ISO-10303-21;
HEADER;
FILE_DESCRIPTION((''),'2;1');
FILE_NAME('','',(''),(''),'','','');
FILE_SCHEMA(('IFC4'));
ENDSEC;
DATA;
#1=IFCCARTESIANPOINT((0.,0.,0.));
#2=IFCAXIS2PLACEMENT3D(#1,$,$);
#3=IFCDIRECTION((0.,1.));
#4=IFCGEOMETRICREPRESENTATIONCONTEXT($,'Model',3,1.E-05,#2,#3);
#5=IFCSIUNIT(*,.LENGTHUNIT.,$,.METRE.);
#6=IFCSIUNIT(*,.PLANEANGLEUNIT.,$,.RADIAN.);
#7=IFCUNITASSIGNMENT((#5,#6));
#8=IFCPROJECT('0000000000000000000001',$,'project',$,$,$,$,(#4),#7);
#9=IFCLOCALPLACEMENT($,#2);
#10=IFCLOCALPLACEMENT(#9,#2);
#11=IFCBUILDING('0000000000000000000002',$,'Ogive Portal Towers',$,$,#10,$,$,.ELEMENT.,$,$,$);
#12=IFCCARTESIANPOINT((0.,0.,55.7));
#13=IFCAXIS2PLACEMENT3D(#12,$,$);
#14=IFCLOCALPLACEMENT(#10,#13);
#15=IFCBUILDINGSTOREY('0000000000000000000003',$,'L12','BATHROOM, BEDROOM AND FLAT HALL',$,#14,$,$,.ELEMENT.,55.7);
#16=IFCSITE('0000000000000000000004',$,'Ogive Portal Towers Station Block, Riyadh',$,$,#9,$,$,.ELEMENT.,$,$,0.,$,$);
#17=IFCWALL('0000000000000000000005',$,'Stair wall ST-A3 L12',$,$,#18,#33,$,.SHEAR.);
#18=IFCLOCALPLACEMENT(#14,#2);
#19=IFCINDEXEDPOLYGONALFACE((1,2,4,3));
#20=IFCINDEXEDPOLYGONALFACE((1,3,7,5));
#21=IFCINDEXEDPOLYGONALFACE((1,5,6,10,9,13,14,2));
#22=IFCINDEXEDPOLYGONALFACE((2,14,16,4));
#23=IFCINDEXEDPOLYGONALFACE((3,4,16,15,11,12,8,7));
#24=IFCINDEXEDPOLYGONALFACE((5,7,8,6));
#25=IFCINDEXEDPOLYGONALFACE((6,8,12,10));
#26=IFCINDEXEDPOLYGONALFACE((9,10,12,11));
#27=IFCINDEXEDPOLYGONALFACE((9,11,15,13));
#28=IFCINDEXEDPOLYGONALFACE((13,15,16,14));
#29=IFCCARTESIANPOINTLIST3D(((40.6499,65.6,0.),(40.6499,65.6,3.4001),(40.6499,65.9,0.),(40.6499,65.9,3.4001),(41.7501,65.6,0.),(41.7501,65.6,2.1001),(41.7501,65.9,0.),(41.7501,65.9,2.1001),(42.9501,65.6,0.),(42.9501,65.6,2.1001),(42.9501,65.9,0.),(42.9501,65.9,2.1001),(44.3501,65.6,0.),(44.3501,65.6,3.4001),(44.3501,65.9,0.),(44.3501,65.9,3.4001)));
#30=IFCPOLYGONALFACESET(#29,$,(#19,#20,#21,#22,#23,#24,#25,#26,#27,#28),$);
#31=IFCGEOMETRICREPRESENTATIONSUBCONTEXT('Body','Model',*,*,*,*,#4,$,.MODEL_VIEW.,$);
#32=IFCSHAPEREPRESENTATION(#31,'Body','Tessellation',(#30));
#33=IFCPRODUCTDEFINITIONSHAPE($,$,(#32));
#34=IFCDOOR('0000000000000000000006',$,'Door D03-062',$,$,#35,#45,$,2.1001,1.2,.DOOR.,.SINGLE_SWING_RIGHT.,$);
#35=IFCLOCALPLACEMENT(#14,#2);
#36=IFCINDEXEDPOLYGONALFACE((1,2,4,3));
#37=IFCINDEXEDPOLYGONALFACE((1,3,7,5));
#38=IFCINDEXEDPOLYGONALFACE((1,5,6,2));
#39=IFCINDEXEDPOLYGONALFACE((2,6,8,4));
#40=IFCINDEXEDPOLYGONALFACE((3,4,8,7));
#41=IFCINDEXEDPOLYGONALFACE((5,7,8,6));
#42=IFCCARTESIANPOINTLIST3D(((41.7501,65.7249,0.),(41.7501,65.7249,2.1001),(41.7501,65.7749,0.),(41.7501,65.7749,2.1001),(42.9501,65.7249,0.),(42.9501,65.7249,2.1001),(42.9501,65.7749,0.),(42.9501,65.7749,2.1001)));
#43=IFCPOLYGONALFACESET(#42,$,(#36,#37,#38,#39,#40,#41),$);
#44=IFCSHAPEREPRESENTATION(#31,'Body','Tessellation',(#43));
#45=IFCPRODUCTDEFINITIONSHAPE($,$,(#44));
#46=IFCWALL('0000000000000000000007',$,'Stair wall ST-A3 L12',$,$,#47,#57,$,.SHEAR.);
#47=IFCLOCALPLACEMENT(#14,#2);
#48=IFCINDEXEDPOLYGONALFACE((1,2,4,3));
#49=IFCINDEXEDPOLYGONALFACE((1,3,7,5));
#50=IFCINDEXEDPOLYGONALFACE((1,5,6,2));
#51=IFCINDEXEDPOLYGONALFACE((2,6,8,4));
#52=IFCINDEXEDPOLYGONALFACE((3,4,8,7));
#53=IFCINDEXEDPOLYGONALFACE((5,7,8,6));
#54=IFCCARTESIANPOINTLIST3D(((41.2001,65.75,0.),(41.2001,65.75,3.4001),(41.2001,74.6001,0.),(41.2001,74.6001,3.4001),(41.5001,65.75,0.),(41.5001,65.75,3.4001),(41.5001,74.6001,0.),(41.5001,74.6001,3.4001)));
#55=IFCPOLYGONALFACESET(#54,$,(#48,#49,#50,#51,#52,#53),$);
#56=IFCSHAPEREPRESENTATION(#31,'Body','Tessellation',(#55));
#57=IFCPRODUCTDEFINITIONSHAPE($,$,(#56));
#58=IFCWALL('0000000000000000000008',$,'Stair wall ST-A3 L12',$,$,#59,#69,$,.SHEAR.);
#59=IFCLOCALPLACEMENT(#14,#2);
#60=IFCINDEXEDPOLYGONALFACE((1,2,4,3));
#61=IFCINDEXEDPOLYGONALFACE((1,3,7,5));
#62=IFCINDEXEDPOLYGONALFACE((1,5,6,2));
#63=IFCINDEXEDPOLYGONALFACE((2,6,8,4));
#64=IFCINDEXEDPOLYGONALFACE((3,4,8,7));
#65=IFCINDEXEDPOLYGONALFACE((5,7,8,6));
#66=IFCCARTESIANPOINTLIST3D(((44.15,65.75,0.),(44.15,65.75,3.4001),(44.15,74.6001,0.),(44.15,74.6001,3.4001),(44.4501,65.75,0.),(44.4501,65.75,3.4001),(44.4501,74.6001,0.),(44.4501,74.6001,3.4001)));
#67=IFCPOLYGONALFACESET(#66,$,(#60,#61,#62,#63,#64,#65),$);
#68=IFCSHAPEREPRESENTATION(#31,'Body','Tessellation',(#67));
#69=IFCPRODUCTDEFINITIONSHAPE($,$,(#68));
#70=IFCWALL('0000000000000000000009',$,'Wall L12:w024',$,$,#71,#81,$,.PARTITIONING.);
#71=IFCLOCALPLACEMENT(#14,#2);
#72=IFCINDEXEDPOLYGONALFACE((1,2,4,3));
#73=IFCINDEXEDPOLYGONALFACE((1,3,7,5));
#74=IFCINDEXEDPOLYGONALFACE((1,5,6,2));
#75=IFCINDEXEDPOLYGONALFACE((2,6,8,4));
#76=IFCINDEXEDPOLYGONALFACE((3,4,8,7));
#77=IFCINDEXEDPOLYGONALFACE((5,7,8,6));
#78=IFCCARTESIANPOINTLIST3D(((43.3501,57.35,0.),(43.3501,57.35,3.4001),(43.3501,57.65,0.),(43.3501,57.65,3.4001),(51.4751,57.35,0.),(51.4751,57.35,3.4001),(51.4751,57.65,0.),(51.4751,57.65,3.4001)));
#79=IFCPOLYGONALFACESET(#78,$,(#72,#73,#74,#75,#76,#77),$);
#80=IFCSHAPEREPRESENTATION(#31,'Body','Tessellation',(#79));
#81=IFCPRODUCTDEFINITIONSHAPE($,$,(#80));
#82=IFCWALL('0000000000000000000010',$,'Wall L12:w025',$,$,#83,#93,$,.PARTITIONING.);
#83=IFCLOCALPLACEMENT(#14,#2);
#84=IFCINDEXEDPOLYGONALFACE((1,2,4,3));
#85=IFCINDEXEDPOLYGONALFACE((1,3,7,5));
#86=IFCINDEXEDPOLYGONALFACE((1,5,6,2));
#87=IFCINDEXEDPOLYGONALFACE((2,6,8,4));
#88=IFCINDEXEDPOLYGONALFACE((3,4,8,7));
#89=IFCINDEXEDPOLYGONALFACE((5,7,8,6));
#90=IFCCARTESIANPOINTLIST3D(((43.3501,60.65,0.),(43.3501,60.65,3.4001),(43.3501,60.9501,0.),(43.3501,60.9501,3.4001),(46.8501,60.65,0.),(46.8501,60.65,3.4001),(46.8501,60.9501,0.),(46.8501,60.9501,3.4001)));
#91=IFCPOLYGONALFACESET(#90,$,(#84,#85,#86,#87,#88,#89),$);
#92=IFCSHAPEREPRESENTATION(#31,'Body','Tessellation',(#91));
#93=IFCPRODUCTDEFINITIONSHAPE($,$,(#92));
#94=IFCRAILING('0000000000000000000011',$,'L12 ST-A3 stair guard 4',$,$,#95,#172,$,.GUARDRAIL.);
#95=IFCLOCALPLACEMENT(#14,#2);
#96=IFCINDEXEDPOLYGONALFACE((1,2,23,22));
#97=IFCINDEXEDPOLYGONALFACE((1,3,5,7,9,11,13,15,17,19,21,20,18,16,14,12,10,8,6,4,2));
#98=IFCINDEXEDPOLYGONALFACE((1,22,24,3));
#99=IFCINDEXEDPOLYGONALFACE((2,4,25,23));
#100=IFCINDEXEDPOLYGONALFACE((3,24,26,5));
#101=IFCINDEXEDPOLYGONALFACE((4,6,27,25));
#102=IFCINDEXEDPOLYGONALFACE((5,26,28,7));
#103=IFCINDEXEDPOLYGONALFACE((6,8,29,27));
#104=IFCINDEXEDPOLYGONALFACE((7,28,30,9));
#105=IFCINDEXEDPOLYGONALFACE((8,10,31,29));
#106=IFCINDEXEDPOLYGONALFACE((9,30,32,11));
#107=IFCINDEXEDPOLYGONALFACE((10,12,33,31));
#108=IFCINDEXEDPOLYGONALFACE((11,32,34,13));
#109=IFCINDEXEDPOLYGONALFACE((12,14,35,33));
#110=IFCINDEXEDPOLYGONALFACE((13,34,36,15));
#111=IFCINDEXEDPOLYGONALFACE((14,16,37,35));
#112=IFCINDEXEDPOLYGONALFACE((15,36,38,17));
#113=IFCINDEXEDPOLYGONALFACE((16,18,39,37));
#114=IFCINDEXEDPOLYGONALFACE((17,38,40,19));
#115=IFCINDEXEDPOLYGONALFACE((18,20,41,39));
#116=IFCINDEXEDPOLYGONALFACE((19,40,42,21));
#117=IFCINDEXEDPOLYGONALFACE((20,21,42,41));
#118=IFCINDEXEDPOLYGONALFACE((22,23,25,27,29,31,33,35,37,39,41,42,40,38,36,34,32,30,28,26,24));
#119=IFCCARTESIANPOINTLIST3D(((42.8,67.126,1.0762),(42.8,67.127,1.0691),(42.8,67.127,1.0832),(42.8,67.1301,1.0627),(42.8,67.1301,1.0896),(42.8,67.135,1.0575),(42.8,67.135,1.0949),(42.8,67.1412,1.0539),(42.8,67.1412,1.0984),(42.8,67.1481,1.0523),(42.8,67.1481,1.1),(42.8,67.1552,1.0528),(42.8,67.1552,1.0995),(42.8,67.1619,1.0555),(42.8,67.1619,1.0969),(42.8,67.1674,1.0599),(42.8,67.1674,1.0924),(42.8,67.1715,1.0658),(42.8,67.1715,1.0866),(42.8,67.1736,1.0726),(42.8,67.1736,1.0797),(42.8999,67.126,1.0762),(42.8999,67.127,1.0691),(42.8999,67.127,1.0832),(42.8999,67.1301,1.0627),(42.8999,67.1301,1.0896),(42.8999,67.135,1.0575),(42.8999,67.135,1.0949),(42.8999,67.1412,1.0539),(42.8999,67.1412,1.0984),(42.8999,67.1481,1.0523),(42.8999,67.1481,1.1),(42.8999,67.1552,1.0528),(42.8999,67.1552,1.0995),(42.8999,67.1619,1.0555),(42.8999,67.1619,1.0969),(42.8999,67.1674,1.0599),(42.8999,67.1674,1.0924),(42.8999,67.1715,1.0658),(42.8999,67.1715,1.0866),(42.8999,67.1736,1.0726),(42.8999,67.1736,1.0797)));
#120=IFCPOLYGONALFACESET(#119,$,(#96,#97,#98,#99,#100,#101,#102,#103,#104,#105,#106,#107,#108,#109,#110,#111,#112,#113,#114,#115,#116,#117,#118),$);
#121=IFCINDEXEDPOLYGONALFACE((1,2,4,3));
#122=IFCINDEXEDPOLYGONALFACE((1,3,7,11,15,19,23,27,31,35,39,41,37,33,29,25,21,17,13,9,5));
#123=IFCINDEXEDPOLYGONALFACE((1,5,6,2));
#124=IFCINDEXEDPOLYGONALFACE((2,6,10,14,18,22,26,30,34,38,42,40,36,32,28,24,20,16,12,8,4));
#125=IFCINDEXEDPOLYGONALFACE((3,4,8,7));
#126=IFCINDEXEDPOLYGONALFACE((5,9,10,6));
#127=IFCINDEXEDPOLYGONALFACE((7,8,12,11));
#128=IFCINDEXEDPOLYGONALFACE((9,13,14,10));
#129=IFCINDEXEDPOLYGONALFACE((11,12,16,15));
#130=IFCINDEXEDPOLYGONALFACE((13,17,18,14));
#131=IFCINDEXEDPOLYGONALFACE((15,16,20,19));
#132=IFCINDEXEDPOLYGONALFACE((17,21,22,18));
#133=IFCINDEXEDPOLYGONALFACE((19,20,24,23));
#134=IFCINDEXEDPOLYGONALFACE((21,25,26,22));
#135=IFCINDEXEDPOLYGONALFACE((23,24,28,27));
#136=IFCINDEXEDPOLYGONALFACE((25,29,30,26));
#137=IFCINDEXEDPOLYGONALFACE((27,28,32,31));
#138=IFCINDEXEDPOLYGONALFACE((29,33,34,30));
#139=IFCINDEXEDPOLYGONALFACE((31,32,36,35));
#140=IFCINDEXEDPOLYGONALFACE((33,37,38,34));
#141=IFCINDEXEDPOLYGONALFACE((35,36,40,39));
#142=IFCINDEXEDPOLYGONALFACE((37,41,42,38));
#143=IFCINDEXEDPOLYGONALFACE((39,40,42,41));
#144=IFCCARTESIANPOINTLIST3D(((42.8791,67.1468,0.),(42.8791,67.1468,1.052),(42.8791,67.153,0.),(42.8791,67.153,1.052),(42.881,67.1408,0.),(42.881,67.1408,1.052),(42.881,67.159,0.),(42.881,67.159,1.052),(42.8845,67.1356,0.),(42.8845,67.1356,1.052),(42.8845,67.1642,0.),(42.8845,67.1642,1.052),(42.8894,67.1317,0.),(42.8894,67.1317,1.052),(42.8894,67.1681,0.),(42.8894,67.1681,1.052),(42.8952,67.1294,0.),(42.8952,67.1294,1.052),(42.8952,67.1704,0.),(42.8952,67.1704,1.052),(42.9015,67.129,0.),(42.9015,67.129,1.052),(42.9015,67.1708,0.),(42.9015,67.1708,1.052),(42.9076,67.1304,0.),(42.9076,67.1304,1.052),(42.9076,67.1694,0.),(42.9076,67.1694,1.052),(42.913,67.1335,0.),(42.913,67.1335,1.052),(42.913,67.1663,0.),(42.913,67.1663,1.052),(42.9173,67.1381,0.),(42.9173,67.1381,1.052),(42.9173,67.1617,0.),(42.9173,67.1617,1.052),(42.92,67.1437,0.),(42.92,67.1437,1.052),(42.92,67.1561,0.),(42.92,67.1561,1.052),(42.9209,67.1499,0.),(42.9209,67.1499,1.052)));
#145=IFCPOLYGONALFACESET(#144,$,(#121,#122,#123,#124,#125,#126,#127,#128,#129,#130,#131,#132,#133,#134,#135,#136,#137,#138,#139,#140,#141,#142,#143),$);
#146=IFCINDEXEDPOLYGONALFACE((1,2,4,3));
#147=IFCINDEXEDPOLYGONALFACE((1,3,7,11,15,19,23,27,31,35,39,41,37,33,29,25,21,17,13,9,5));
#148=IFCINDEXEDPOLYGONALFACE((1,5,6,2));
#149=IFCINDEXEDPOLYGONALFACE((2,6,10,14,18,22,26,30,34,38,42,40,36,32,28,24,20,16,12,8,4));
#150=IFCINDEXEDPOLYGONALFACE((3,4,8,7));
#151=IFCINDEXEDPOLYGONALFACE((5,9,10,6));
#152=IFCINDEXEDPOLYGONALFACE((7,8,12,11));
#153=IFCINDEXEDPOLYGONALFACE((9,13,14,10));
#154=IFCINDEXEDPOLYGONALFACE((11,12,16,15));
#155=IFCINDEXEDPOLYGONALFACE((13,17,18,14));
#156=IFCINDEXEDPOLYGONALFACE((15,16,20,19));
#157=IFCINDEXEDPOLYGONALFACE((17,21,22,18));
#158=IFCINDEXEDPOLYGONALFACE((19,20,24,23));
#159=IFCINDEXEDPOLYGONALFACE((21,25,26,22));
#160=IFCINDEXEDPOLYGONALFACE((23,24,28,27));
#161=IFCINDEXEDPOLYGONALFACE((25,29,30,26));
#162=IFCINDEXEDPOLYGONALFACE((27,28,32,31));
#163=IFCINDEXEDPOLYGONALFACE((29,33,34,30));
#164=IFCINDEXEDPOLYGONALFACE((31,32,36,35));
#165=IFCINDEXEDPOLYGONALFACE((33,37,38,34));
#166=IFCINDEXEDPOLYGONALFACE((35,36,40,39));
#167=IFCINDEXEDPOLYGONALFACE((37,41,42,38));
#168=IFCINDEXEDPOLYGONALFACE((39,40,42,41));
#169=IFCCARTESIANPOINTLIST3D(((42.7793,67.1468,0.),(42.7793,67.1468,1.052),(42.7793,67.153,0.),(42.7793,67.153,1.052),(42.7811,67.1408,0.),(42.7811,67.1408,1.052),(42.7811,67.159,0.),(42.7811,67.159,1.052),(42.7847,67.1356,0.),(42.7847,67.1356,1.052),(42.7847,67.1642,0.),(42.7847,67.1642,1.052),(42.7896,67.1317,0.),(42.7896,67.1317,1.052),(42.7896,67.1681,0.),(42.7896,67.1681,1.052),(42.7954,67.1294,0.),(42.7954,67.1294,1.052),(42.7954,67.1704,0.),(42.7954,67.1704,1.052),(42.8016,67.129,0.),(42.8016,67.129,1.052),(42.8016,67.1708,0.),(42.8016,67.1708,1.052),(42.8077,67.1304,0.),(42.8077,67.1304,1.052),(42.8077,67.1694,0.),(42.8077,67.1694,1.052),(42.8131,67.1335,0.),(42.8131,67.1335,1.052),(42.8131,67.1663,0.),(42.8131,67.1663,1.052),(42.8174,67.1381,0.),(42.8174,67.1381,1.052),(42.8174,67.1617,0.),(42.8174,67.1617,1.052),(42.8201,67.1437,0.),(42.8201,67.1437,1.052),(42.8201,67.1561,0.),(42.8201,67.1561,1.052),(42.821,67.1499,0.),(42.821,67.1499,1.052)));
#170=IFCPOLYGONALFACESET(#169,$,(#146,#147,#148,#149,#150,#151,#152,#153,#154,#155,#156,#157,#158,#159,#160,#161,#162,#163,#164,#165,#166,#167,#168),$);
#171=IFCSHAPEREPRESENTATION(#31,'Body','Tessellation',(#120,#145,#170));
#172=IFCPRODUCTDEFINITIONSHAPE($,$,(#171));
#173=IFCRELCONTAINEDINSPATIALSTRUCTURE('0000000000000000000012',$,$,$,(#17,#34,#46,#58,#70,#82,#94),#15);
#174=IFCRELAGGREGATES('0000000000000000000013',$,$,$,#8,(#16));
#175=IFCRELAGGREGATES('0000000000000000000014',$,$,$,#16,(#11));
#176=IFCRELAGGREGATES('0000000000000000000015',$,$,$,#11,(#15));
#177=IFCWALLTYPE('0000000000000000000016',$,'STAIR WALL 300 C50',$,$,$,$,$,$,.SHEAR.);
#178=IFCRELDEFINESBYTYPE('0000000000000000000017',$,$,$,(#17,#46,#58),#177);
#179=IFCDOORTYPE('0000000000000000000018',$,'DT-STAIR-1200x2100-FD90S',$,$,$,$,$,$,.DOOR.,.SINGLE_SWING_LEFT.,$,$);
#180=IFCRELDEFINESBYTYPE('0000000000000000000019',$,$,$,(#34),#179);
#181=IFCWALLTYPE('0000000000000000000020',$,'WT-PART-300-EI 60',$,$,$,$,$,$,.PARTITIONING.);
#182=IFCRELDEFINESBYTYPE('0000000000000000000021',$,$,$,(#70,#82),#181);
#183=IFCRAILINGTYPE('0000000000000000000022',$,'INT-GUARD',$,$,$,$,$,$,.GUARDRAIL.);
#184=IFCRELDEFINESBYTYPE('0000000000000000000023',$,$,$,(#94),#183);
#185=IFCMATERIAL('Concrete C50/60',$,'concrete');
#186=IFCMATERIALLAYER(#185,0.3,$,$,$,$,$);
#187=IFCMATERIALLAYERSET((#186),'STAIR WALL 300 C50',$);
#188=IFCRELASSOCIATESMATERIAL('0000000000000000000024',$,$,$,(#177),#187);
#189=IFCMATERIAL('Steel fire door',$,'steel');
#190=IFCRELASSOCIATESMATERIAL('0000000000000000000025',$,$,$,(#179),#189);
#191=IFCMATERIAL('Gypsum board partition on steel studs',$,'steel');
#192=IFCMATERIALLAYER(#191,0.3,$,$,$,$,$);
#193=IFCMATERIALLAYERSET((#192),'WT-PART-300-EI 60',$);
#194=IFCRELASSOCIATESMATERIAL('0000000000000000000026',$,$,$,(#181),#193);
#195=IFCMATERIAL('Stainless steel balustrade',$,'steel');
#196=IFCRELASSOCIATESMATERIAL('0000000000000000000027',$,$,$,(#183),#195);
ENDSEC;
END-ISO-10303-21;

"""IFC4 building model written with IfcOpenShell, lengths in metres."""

from ifc_helpers import new_model, si_unit, direction, frame, frame_2d, origin, origin_2d, place, context, subcontext, project, spatial, rectangle, circle, extrude, material, layer, layer_set, type_object, element, fill, save


model = new_model("IFC4")

# Units and contexts
model_context = context("Model", 3, precision=1e-05, world=origin(), true_north=direction((0.0, 1.0)))
body_context = subcontext(model_context, "Body", "Model", "MODEL_VIEW")
ifc_project = project(units=[si_unit("LENGTHUNIT", "METRE"), si_unit("PLANEANGLEUNIT", "RADIAN")], contexts=[model_context])

# Site, building, storey
site_placement = place(None, origin())
site = spatial("IfcSite", under=ifc_project, at=site_placement, Name="Ogive Portal Towers Station Block, Riyadh", CompositionType="ELEMENT", RefElevation=0.0)
building_placement = place(site_placement, origin())
building = spatial("IfcBuilding", under=site, at=building_placement, Name="Ogive Portal Towers", CompositionType="ELEMENT")
storey_placement = place(building_placement, frame((0.0, 0.0, 55.7)))
storey = spatial("IfcBuildingStorey", under=building, at=storey_placement, Name="L12", Description="BATHROOM, BEDROOM AND FLAT HALL", CompositionType="ELEMENT", Elevation=55.7)

# Wall, opening, door
ifc_material_1 = material(Name="Concrete C50/60", Category="concrete")
ifc_layer_1 = layer(ifc_material_1, 0.3)
ifc_layer_set_1 = layer_set([ifc_layer_1], Name="STAIR WALL 300 C50")
wall_type_1 = type_object("IfcWallType", Name="STAIR WALL 300 C50", PredefinedType="SHEAR", material=ifc_layer_set_1)
wall_1_placement = place(storey_placement, frame((40.6499, 65.75, 0.0), z_axis=(0.0, 0.0, 1.0), x_axis=(1.0, 0.0, 0.0)))
wall_1 = element("IfcWall", 1, at=wall_1_placement, inside=storey, type_object=wall_type_1, Name="Stair wall ST-A3 L12", PredefinedType="SHEAR", context=body_context, shape_type="SweptSolid", body=[
    extrude(rectangle(XDim=3.7002, YDim=0.3, at=frame_2d((1.8501, 0.0))), origin(), (0.0, 0.0, 1.0), 3.4001),
])
opening_1_placement = place(wall_1_placement, frame((1.1001, 0.0, 0.0)))
opening_1 = element("IfcOpeningElement", 2, at=opening_1_placement, cuts=wall_1, PredefinedType="OPENING", context=body_context, shape_type="SweptSolid", body=[
    extrude(rectangle(XDim=1.2, YDim=2.1001, at=frame_2d((0.6001, 1.05))), frame((0.0, 0.1602, 0.0), z_axis=(0.0, -1.0, 0.0), x_axis=(1.0, 0.0, 0.0)), (0.0, 0.0, 1.0), 0.3201),
])
ifc_material_2 = material(Name="Steel fire door", Category="steel")
door_type = type_object("IfcDoorType", Name="DT-STAIR-1200x2100-FD90S", OperationType="SINGLE_SWING_LEFT", PredefinedType="DOOR", material=ifc_material_2)
door_placement = place(opening_1_placement, origin())
door = element("IfcDoor", 3, at=door_placement, inside=storey, type_object=door_type, Name="Door D03-062", OperationType="SINGLE_SWING_RIGHT", OverallHeight=2.1001, OverallWidth=1.2, PredefinedType="DOOR", context=body_context, shape_type="SweptSolid", body=[
    extrude(rectangle(XDim=1.2, YDim=2.1001, at=frame_2d((0.6001, 1.05))), frame((0.0, 0.0249, 0.0), z_axis=(0.0, -1.0, 0.0), x_axis=(1.0, 0.0, 0.0)), (0.0, 0.0, 1.0), 0.05),
])
fill(opening_1, door)

# Walls
for number, where, z_axis, x_axis, name in (
    (4, (41.3501, 65.75, 0.0), (0.0, 0.0, 1.0), (0.0, 1.0, 0.0), "Stair wall ST-A3 L12"),
    (5, (44.3, 65.75, 0.0), (0.0, 0.0, 1.0), (0.0, 1.0, 0.0), "Stair wall ST-A3 L12"),
):
    element("IfcWall", number, at=place(storey_placement, frame(where, z_axis=z_axis, x_axis=x_axis)), inside=storey, type_object=wall_type_1, Name=name, PredefinedType="SHEAR", context=body_context, shape_type="SweptSolid", body=[
        extrude(rectangle(XDim=8.8501, YDim=0.3, at=frame_2d((4.425, 0.0))), origin(), (0.0, 0.0, 1.0), 3.4001),
    ])
ifc_material_3 = material(Name="Gypsum board partition on steel studs", Category="steel")
ifc_layer_2 = layer(ifc_material_3, 0.3)
ifc_layer_set_2 = layer_set([ifc_layer_2], Name="WT-PART-300-EI 60")
wall_type_2 = type_object("IfcWallType", Name="WT-PART-300-EI 60", PredefinedType="PARTITIONING", material=ifc_layer_set_2)
wall_2_placement = place(storey_placement, frame((43.3501, 57.5, 0.0), z_axis=(0.0, 0.0, 1.0), x_axis=(1.0, 0.0, 0.0)))
element("IfcWall", 6, at=wall_2_placement, inside=storey, type_object=wall_type_2, Name="Wall L12:w024", PredefinedType="PARTITIONING", context=body_context, shape_type="SweptSolid", body=[
    extrude(rectangle(XDim=8.125, YDim=0.3, at=frame_2d((4.0625, 0.0))), origin(), (0.0, 0.0, 1.0), 3.4001),
])
wall_3_placement = place(storey_placement, frame((43.3501, 60.8, 0.0), z_axis=(0.0, 0.0, 1.0), x_axis=(1.0, 0.0, 0.0)))
element("IfcWall", 7, at=wall_3_placement, inside=storey, type_object=wall_type_2, Name="Wall L12:w025", PredefinedType="PARTITIONING", context=body_context, shape_type="SweptSolid", body=[
    extrude(rectangle(XDim=3.5, YDim=0.3, at=frame_2d((1.75, 0.0))), origin(), (0.0, 0.0, 1.0), 3.4001),
])

# Railing
ifc_material_4 = material(Name="Stainless steel balustrade", Category="steel")
railing_type = type_object("IfcRailingType", Name="INT-GUARD", PredefinedType="GUARDRAIL", material=ifc_material_4)
railing_placement = place(storey_placement, frame((42.8999, 67.1499, 0.0)))
element("IfcRailing", 8, at=railing_placement, inside=storey, type_object=railing_type, Name="L12 ST-A3 stair guard 4", PredefinedType="GUARDRAIL", context=body_context, shape_type="SweptSolid", body=[
    extrude(circle(Radius=0.0239, at=origin_2d()), frame((0.0, 0.0, 1.0762), z_axis=(-1.0, 0.0, 0.0), x_axis=(0.0, -1.0, 0.0)), (0.0, 0.0, 1.0), 0.0999),
    extrude(circle(Radius=0.021, at=origin_2d()), origin(), (0.0, 0.0, 1.0), 1.052),
    extrude(circle(Radius=0.021, at=origin_2d()), frame((-0.0999, 0.0, 0.0)), (0.0, 0.0, 1.0), 1.052),
])

save(model, "model.ifc")
